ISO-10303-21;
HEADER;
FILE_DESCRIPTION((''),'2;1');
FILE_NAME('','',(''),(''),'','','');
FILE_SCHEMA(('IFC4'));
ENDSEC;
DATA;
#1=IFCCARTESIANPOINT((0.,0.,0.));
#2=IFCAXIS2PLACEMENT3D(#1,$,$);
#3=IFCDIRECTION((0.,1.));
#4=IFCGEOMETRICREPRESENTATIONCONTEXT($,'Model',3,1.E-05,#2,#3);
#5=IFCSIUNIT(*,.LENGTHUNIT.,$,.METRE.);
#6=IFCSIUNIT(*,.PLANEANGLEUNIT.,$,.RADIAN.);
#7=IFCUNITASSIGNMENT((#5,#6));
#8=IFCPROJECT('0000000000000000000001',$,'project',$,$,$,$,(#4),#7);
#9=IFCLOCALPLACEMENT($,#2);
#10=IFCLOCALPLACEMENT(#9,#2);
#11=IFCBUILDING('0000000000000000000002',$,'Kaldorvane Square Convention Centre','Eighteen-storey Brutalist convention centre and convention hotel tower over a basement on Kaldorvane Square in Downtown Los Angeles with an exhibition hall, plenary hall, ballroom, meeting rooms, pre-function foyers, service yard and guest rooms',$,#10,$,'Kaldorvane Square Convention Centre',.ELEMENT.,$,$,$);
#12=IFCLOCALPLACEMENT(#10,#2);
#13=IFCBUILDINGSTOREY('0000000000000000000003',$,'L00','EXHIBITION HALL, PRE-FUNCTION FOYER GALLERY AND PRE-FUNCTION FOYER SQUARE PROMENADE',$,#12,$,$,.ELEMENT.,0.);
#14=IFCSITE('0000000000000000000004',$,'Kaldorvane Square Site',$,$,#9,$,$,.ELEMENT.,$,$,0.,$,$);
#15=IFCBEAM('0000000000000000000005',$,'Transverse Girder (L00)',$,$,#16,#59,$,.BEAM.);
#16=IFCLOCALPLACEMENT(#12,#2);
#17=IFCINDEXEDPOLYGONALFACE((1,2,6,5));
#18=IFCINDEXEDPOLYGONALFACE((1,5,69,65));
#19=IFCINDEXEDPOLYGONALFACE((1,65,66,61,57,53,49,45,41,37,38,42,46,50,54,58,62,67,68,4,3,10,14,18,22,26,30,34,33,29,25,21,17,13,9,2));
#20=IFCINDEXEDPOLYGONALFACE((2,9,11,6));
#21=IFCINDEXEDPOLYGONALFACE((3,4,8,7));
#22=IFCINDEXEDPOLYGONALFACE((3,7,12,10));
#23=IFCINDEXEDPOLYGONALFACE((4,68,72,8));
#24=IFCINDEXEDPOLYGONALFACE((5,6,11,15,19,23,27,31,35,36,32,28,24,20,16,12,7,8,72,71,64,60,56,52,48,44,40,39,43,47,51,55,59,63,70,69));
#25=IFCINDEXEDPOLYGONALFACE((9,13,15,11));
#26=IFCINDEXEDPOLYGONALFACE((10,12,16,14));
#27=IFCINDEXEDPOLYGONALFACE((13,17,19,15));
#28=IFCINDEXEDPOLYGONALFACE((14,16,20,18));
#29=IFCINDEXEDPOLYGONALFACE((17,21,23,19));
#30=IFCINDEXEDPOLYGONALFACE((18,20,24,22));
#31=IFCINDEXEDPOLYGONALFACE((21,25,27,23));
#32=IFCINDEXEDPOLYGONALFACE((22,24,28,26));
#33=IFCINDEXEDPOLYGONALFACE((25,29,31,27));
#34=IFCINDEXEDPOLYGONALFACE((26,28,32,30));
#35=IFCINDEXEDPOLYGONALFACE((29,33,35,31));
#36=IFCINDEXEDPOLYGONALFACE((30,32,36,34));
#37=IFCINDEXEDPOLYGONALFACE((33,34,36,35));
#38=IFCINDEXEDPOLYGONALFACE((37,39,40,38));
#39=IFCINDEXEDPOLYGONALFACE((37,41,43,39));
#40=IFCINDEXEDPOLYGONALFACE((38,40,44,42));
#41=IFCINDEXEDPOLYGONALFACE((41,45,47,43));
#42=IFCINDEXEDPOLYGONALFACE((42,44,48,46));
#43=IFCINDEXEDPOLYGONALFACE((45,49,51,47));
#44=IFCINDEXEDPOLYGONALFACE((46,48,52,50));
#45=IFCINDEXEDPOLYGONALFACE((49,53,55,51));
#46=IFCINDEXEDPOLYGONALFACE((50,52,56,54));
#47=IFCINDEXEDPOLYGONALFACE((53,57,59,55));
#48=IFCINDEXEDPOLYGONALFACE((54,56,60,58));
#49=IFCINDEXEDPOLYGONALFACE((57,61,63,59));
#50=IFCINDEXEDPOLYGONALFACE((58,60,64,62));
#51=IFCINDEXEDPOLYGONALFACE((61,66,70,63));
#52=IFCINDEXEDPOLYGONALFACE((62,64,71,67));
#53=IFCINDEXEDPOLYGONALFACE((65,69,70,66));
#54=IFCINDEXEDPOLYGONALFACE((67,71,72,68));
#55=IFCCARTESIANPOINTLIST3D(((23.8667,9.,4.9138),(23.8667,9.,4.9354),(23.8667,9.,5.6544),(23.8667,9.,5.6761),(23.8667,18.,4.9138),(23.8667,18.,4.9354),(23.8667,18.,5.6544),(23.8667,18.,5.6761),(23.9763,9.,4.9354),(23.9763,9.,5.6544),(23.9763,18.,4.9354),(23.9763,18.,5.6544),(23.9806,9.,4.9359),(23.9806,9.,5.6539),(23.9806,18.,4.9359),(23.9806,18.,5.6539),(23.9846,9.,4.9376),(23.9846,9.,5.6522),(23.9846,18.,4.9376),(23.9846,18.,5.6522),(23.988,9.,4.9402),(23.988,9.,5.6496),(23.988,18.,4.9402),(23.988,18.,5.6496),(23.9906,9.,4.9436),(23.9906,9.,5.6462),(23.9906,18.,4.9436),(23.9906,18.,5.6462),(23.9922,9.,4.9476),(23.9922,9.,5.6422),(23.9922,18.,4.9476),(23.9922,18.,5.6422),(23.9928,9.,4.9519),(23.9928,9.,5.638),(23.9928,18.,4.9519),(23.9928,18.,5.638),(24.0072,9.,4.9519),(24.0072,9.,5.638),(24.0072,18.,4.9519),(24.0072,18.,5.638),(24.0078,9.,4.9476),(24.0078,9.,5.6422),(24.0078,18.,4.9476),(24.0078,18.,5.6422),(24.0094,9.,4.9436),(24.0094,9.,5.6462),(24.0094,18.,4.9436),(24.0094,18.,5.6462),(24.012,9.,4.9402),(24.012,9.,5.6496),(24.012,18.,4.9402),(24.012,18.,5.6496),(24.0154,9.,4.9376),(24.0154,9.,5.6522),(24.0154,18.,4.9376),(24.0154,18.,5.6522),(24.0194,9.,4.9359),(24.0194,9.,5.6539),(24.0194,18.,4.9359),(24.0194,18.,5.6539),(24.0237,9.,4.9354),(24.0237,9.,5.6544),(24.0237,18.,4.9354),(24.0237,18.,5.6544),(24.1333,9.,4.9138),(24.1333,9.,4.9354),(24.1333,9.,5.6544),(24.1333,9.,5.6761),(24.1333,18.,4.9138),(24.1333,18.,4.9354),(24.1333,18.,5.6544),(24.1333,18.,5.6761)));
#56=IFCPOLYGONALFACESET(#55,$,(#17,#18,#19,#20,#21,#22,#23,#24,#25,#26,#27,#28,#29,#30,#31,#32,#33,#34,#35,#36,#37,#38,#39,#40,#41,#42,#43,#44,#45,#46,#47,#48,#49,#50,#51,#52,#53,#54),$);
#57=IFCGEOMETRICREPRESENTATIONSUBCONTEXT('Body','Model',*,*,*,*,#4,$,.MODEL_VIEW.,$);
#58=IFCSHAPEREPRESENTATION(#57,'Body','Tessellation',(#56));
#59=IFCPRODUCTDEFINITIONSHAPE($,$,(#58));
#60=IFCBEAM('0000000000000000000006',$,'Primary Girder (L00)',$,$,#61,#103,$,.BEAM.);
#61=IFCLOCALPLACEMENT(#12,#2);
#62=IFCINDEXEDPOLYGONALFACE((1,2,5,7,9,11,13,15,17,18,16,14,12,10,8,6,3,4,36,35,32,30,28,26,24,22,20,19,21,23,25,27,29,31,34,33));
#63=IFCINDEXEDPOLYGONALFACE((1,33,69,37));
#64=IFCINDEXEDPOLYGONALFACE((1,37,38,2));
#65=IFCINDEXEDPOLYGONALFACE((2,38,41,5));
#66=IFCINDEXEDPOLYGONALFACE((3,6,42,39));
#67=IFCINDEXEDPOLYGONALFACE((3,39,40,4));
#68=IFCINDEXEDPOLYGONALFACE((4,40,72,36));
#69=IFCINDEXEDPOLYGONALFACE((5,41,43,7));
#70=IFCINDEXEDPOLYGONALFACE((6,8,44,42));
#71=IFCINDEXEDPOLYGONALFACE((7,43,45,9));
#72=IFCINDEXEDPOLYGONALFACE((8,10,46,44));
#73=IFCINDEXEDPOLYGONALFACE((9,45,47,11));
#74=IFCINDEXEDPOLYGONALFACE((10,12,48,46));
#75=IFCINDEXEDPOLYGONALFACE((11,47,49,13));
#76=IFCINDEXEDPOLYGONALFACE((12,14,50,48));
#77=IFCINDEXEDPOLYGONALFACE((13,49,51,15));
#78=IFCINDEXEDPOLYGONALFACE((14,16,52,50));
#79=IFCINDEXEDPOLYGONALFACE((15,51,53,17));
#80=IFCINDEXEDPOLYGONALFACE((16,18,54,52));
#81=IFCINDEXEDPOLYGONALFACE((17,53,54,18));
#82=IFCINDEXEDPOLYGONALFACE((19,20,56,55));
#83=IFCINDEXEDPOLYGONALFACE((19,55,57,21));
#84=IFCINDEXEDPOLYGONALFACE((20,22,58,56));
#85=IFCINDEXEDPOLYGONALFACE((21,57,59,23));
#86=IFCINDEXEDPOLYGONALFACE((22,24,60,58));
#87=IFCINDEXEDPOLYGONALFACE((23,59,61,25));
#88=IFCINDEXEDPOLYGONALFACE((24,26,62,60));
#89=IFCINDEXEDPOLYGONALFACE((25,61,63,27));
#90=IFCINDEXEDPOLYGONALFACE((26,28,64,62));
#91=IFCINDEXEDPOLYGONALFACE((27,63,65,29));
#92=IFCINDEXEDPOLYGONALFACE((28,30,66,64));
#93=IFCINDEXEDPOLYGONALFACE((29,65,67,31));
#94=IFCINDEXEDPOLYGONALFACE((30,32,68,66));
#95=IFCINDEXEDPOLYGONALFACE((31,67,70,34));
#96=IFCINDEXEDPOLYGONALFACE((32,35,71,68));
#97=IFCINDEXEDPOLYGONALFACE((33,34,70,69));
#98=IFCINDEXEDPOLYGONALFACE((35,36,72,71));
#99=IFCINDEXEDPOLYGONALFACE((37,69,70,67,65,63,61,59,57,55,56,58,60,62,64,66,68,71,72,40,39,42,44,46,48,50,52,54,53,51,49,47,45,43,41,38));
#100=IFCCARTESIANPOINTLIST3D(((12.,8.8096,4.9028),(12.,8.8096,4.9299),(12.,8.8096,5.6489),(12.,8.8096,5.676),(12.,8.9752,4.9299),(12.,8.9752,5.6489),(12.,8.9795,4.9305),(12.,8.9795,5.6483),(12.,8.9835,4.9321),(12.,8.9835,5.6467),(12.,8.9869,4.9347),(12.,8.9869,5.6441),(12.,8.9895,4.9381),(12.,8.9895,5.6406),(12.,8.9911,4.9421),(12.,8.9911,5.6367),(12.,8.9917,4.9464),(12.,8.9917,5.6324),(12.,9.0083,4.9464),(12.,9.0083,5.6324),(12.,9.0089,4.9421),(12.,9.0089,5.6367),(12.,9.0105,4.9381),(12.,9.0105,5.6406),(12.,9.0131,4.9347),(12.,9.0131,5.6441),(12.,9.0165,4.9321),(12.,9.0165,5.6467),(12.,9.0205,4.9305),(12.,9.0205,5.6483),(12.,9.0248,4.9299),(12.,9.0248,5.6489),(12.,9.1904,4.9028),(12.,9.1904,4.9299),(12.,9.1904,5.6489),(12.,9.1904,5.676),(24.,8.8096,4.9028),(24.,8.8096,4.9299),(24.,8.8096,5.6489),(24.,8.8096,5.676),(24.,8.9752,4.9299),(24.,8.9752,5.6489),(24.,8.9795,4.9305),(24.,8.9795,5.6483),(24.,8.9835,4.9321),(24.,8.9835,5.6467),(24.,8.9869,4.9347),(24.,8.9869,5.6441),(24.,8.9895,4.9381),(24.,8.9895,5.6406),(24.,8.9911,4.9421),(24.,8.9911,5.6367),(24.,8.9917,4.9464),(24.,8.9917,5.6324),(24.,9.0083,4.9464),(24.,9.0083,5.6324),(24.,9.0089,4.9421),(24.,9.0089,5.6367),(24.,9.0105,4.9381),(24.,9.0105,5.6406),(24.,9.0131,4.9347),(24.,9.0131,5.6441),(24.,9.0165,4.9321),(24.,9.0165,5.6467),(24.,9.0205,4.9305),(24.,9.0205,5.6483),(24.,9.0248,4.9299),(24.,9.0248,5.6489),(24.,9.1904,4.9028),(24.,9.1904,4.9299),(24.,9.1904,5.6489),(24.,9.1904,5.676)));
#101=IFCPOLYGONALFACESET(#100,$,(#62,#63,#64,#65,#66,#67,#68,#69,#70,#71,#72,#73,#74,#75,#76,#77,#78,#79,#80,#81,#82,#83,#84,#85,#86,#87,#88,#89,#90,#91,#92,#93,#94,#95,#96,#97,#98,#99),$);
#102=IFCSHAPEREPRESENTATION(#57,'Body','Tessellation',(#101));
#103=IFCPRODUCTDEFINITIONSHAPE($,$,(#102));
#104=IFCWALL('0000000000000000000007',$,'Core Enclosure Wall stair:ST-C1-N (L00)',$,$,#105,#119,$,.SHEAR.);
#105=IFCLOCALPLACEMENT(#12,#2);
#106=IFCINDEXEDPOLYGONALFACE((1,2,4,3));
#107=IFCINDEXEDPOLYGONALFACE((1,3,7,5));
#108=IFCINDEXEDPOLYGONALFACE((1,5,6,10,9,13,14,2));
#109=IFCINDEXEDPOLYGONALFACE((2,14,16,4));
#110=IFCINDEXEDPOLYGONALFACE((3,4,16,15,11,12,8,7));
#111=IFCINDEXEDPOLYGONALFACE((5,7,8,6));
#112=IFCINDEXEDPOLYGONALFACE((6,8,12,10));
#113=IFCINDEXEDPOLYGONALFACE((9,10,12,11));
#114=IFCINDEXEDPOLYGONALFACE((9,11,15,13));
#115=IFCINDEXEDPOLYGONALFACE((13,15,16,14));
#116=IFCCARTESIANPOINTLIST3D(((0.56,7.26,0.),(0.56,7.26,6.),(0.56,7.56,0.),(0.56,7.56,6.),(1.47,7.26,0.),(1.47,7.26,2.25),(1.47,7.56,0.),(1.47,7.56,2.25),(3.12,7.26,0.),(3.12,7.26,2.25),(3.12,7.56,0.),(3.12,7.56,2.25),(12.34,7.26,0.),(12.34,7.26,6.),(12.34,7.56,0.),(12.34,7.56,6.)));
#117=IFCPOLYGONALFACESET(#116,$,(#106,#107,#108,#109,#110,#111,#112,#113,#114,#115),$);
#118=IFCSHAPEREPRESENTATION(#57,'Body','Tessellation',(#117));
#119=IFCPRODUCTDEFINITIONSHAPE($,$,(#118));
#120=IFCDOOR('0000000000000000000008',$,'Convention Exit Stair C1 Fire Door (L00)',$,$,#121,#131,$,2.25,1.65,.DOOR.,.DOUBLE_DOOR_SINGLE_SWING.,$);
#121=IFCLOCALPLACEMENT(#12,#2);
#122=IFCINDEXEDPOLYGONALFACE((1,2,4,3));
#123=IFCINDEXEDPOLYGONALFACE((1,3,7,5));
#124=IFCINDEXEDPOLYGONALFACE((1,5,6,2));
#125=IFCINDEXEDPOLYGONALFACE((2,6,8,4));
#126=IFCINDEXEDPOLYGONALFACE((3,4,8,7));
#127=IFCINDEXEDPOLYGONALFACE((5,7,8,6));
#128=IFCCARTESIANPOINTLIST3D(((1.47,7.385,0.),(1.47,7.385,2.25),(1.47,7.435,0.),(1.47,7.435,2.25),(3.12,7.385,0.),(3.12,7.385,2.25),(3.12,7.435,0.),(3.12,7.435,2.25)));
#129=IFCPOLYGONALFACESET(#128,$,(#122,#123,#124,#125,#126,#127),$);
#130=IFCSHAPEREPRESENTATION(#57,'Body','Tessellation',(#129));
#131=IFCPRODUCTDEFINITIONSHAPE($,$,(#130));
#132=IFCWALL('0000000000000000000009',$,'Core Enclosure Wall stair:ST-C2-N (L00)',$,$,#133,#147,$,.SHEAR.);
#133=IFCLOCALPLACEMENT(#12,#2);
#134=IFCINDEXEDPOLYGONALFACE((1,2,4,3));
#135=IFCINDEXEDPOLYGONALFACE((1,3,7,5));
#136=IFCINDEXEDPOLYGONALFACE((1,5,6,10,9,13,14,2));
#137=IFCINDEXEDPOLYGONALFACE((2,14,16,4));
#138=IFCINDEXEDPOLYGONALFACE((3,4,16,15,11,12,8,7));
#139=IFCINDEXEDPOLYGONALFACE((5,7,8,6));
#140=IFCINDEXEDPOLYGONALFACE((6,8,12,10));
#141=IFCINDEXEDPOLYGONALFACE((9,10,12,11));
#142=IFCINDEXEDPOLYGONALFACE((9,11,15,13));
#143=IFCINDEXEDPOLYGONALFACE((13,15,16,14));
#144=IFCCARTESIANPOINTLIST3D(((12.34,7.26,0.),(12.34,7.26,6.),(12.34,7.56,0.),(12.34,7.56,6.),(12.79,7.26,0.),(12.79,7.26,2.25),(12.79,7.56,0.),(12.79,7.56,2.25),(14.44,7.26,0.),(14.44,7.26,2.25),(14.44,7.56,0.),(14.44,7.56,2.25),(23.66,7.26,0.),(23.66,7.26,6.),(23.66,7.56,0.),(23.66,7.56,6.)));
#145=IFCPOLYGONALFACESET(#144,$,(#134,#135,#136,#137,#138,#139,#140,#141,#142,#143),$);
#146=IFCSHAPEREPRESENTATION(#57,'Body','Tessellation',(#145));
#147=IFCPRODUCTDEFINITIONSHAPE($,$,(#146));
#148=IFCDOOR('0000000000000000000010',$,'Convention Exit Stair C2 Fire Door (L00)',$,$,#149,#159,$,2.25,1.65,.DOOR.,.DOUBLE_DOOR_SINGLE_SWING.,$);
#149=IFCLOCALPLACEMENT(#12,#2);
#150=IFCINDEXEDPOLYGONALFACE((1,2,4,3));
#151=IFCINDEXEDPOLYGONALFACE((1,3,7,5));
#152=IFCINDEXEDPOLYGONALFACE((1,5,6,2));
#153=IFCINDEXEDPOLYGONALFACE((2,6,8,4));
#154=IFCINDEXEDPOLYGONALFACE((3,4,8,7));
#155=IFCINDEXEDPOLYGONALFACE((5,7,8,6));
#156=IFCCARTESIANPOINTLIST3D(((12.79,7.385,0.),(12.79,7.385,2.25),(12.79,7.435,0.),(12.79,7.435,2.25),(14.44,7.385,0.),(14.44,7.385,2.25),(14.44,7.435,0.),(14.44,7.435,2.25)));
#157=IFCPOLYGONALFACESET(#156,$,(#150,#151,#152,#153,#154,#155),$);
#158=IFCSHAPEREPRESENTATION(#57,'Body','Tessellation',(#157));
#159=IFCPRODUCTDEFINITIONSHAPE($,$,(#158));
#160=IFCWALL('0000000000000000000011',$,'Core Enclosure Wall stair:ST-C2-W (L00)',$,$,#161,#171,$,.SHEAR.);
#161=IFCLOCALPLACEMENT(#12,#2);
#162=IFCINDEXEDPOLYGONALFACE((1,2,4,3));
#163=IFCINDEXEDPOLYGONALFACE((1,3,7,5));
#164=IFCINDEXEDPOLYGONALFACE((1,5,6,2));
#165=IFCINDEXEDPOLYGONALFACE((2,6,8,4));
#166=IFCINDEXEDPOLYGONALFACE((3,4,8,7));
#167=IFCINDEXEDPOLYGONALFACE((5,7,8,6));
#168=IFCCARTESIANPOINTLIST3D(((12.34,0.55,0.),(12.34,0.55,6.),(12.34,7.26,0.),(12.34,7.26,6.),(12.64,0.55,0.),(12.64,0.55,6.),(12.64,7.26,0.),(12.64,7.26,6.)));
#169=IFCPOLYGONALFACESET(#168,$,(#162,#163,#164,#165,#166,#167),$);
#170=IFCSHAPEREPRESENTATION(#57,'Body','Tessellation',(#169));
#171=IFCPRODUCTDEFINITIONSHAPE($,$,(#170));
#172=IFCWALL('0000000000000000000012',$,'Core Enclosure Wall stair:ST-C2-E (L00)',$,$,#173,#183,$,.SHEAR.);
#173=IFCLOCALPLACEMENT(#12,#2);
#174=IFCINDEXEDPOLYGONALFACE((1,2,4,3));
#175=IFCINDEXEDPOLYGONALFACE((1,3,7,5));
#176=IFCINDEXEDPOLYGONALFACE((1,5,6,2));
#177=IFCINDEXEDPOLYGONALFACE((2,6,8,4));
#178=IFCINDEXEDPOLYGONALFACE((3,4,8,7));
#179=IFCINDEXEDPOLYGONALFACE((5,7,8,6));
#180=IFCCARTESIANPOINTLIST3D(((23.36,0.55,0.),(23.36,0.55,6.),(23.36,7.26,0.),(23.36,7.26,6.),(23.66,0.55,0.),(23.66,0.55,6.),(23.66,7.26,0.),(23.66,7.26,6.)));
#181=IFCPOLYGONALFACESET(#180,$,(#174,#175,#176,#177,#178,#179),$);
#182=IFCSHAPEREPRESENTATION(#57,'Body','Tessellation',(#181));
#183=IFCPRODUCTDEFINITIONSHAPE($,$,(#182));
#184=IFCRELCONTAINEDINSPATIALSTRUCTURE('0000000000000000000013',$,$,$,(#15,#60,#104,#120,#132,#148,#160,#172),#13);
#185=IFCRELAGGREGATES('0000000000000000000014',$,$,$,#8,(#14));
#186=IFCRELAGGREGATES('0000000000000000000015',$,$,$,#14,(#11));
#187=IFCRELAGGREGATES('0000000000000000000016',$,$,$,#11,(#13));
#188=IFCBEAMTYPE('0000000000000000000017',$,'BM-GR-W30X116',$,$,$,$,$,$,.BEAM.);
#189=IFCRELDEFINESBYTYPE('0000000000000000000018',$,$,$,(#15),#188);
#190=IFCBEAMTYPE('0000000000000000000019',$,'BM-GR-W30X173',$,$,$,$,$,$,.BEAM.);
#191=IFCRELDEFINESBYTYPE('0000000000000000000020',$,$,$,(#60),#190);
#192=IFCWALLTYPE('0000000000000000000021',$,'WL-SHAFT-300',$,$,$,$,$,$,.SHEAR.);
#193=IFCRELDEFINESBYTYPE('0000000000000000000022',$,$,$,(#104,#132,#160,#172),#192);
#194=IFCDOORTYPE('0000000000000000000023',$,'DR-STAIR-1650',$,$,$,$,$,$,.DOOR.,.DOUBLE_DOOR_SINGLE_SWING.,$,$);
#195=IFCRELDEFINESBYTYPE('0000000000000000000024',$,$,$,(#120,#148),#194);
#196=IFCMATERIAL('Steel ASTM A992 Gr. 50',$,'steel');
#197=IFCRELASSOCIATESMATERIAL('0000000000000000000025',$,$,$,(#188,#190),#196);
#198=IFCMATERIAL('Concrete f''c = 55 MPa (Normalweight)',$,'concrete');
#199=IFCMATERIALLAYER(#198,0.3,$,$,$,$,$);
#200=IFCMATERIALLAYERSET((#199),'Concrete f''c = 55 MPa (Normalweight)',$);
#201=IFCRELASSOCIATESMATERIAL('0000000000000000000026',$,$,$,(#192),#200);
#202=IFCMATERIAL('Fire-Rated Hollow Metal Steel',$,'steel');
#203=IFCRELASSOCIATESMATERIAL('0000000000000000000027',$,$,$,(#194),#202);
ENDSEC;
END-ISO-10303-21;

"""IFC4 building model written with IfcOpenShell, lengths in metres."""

from ifc_helpers import new_model, si_unit, direction, frame, frame_2d, origin, origin_2d, place, context, subcontext, project, spatial, rectangle, i_section, extrude, material, layer, layer_set, material_profile, profile_set, type_object, element, fill, save


model = new_model("IFC4")

# Units and contexts
model_context = context("Model", 3, precision=1e-05, world=origin(), true_north=direction((0.0, 1.0)))
body_context = subcontext(model_context, "Body", "Model", "MODEL_VIEW")
ifc_project = project(units=[si_unit("LENGTHUNIT", "METRE"), si_unit("PLANEANGLEUNIT", "RADIAN")], contexts=[model_context])

# Site, building, storey
site_placement = place(None, origin())
site = spatial("IfcSite", under=ifc_project, at=site_placement, Name="Kaldorvane Square Site", CompositionType="ELEMENT", RefElevation=0.0)
building_placement = place(site_placement, origin())
building = spatial("IfcBuilding", under=site, at=building_placement, Name="Kaldorvane Square Convention Centre", Description="Eighteen-storey Brutalist convention centre and convention hotel tower over a basement on Kaldorvane Square in Downtown Los Angeles with an exhibition hall, plenary hall, ballroom, meeting rooms, pre-function foyers, service yard and guest rooms", LongName="Kaldorvane Square Convention Centre", CompositionType="ELEMENT")
storey_placement = place(building_placement, origin())
storey = spatial("IfcBuildingStorey", under=building, at=storey_placement, Name="L00", Description="EXHIBITION HALL, PRE-FUNCTION FOYER GALLERY AND PRE-FUNCTION FOYER SQUARE PROMENADE", CompositionType="ELEMENT", Elevation=0.0)

# Shared definitions
ifc_material_1 = material(Name="Steel ASTM A992 Gr. 50", Category="steel")

# Beams
ifc_material_profile_1 = material_profile(ifc_material_1, i_section(OverallWidth=0.2666, OverallDepth=0.7623, WebThickness=0.0144, FlangeThickness=0.0216, FilletRadius=0.0165, at=origin_2d()), Name="W30X116")
ifc_profile_set_1 = profile_set([ifc_material_profile_1], Name="Steel ASTM A992 Gr. 50")
beam_type_1 = type_object("IfcBeamType", Name="BM-GR-W30X116", PredefinedType="BEAM", material=ifc_profile_set_1)
for number, where, z_axis, x_axis, name in (
    (1, (24.0, 9.0, 5.2949), (0.0, 1.0, 0.0), (-1.0, 0.0, 0.0), "Transverse Girder (L00)"),
):
    element("IfcBeam", number, at=place(storey_placement, frame(where, z_axis=z_axis, x_axis=x_axis)), inside=storey, type_object=beam_type_1, Name=name, PredefinedType="BEAM", context=body_context, shape_type="SweptSolid", body=[
        extrude(i_section(OverallWidth=0.2666, OverallDepth=0.7623, WebThickness=0.0144, FlangeThickness=0.0216, FilletRadius=0.0165, at=origin_2d()), origin(), (0.0, 0.0, 1.0), 9.0),
    ])
ifc_material_profile_2 = material_profile(ifc_material_1, i_section(OverallWidth=0.3807, OverallDepth=0.7732, WebThickness=0.0166, FlangeThickness=0.0271, FilletRadius=0.0165, at=origin_2d()), Name="W30X173")
ifc_profile_set_2 = profile_set([ifc_material_profile_2], Name="Steel ASTM A992 Gr. 50")
beam_type_2 = type_object("IfcBeamType", Name="BM-GR-W30X173", PredefinedType="BEAM", material=ifc_profile_set_2)
beam_1_placement = place(storey_placement, frame((12.0, 9.0, 5.2894), z_axis=(1.0, 0.0, 0.0), x_axis=(0.0, 1.0, 0.0)))
element("IfcBeam", 2, at=beam_1_placement, inside=storey, type_object=beam_type_2, Name="Primary Girder (L00)", PredefinedType="BEAM", context=body_context, shape_type="SweptSolid", body=[
    extrude(i_section(OverallWidth=0.3807, OverallDepth=0.7732, WebThickness=0.0166, FlangeThickness=0.0271, FilletRadius=0.0165, at=origin_2d()), origin(), (0.0, 0.0, 1.0), 12.0),
])

# Walls, openings, doors
ifc_material_2 = material(Name="Concrete f'c = 55 MPa (Normalweight)", Category="concrete")
ifc_layer = layer(ifc_material_2, 0.3)
ifc_layer_set = layer_set([ifc_layer], Name="Concrete f'c = 55 MPa (Normalweight)")
wall_type = type_object("IfcWallType", Name="WL-SHAFT-300", PredefinedType="SHEAR", material=ifc_layer_set)
wall_1_placement = place(storey_placement, frame((12.34, 7.41, 0.0), z_axis=(0.0, 0.0, 1.0), x_axis=(-1.0, 0.0, 0.0)))
wall_1 = element("IfcWall", 3, at=wall_1_placement, inside=storey, type_object=wall_type, Name="Core Enclosure Wall stair:ST-C1-N (L00)", PredefinedType="SHEAR", context=body_context, shape_type="SweptSolid", body=[
    extrude(rectangle(XDim=11.78, YDim=0.3, at=frame_2d((5.89, 0.0))), origin(), (0.0, 0.0, 1.0), 6.0),
])
opening_1_placement = place(wall_1_placement, frame((9.22, 0.0, 0.0)))
opening_1 = element("IfcOpeningElement", 4, at=opening_1_placement, cuts=wall_1, PredefinedType="OPENING", context=body_context, shape_type="SweptSolid", body=[
    extrude(rectangle(XDim=1.65, YDim=2.25, at=frame_2d((0.825, 1.125))), frame((0.0, 0.165, 0.0), z_axis=(0.0, -1.0, 0.0), x_axis=(1.0, 0.0, 0.0)), (0.0, 0.0, 1.0), 0.33),
])
ifc_material_3 = material(Name="Fire-Rated Hollow Metal Steel", Category="steel")
door_type = type_object("IfcDoorType", Name="DR-STAIR-1650", OperationType="DOUBLE_DOOR_SINGLE_SWING", PredefinedType="DOOR", material=ifc_material_3)
door_1_placement = place(opening_1_placement, origin())
door_1 = element("IfcDoor", 5, at=door_1_placement, inside=storey, type_object=door_type, Name="Convention Exit Stair C1 Fire Door (L00)", OperationType="DOUBLE_DOOR_SINGLE_SWING", OverallHeight=2.25, OverallWidth=1.65, PredefinedType="DOOR", context=body_context, shape_type="SweptSolid", body=[
    extrude(rectangle(XDim=1.65, YDim=2.25, at=frame_2d((0.825, 1.125))), frame((0.0, 0.025, 0.0), z_axis=(0.0, -1.0, 0.0), x_axis=(1.0, 0.0, 0.0)), (0.0, 0.0, 1.0), 0.05),
])
fill(opening_1, door_1)
wall_2_placement = place(storey_placement, frame((23.66, 7.41, 0.0), z_axis=(0.0, 0.0, 1.0), x_axis=(-1.0, 0.0, 0.0)))
wall_2 = element("IfcWall", 6, at=wall_2_placement, inside=storey, type_object=wall_type, Name="Core Enclosure Wall stair:ST-C2-N (L00)", PredefinedType="SHEAR", context=body_context, shape_type="SweptSolid", body=[
    extrude(rectangle(XDim=11.32, YDim=0.3, at=frame_2d((5.66, 0.0))), origin(), (0.0, 0.0, 1.0), 6.0),
])
opening_2_placement = place(wall_2_placement, frame((9.22, 0.0, 0.0)))
opening_2 = element("IfcOpeningElement", 7, at=opening_2_placement, cuts=wall_2, PredefinedType="OPENING", context=body_context, shape_type="SweptSolid", body=[
    extrude(rectangle(XDim=1.65, YDim=2.25, at=frame_2d((0.825, 1.125))), frame((0.0, 0.165, 0.0), z_axis=(0.0, -1.0, 0.0), x_axis=(1.0, 0.0, 0.0)), (0.0, 0.0, 1.0), 0.33),
])
door_2_placement = place(opening_2_placement, origin())
door_2 = element("IfcDoor", 8, at=door_2_placement, inside=storey, type_object=door_type, Name="Convention Exit Stair C2 Fire Door (L00)", OperationType="DOUBLE_DOOR_SINGLE_SWING", OverallHeight=2.25, OverallWidth=1.65, PredefinedType="DOOR", context=body_context, shape_type="SweptSolid", body=[
    extrude(rectangle(XDim=1.65, YDim=2.25, at=frame_2d((0.825, 1.125))), frame((0.0, 0.025, 0.0), z_axis=(0.0, -1.0, 0.0), x_axis=(1.0, 0.0, 0.0)), (0.0, 0.0, 1.0), 0.05),
])
fill(opening_2, door_2)

# Walls
for number, where, z_axis, x_axis, name in (
    (9, (12.49, 7.26, 0.0), (0.0, 0.0, 1.0), (0.0, -1.0, 0.0), "Core Enclosure Wall stair:ST-C2-W (L00)"),
    (10, (23.51, 0.55, 0.0), (0.0, 0.0, 1.0), (0.0, 1.0, 0.0), "Core Enclosure Wall stair:ST-C2-E (L00)"),
):
    element("IfcWall", number, at=place(storey_placement, frame(where, z_axis=z_axis, x_axis=x_axis)), inside=storey, type_object=wall_type, Name=name, PredefinedType="SHEAR", context=body_context, shape_type="SweptSolid", body=[
        extrude(rectangle(XDim=6.71, YDim=0.3, at=frame_2d((3.355, 0.0))), origin(), (0.0, 0.0, 1.0), 6.0),
    ])

save(model, "model.ifc")
